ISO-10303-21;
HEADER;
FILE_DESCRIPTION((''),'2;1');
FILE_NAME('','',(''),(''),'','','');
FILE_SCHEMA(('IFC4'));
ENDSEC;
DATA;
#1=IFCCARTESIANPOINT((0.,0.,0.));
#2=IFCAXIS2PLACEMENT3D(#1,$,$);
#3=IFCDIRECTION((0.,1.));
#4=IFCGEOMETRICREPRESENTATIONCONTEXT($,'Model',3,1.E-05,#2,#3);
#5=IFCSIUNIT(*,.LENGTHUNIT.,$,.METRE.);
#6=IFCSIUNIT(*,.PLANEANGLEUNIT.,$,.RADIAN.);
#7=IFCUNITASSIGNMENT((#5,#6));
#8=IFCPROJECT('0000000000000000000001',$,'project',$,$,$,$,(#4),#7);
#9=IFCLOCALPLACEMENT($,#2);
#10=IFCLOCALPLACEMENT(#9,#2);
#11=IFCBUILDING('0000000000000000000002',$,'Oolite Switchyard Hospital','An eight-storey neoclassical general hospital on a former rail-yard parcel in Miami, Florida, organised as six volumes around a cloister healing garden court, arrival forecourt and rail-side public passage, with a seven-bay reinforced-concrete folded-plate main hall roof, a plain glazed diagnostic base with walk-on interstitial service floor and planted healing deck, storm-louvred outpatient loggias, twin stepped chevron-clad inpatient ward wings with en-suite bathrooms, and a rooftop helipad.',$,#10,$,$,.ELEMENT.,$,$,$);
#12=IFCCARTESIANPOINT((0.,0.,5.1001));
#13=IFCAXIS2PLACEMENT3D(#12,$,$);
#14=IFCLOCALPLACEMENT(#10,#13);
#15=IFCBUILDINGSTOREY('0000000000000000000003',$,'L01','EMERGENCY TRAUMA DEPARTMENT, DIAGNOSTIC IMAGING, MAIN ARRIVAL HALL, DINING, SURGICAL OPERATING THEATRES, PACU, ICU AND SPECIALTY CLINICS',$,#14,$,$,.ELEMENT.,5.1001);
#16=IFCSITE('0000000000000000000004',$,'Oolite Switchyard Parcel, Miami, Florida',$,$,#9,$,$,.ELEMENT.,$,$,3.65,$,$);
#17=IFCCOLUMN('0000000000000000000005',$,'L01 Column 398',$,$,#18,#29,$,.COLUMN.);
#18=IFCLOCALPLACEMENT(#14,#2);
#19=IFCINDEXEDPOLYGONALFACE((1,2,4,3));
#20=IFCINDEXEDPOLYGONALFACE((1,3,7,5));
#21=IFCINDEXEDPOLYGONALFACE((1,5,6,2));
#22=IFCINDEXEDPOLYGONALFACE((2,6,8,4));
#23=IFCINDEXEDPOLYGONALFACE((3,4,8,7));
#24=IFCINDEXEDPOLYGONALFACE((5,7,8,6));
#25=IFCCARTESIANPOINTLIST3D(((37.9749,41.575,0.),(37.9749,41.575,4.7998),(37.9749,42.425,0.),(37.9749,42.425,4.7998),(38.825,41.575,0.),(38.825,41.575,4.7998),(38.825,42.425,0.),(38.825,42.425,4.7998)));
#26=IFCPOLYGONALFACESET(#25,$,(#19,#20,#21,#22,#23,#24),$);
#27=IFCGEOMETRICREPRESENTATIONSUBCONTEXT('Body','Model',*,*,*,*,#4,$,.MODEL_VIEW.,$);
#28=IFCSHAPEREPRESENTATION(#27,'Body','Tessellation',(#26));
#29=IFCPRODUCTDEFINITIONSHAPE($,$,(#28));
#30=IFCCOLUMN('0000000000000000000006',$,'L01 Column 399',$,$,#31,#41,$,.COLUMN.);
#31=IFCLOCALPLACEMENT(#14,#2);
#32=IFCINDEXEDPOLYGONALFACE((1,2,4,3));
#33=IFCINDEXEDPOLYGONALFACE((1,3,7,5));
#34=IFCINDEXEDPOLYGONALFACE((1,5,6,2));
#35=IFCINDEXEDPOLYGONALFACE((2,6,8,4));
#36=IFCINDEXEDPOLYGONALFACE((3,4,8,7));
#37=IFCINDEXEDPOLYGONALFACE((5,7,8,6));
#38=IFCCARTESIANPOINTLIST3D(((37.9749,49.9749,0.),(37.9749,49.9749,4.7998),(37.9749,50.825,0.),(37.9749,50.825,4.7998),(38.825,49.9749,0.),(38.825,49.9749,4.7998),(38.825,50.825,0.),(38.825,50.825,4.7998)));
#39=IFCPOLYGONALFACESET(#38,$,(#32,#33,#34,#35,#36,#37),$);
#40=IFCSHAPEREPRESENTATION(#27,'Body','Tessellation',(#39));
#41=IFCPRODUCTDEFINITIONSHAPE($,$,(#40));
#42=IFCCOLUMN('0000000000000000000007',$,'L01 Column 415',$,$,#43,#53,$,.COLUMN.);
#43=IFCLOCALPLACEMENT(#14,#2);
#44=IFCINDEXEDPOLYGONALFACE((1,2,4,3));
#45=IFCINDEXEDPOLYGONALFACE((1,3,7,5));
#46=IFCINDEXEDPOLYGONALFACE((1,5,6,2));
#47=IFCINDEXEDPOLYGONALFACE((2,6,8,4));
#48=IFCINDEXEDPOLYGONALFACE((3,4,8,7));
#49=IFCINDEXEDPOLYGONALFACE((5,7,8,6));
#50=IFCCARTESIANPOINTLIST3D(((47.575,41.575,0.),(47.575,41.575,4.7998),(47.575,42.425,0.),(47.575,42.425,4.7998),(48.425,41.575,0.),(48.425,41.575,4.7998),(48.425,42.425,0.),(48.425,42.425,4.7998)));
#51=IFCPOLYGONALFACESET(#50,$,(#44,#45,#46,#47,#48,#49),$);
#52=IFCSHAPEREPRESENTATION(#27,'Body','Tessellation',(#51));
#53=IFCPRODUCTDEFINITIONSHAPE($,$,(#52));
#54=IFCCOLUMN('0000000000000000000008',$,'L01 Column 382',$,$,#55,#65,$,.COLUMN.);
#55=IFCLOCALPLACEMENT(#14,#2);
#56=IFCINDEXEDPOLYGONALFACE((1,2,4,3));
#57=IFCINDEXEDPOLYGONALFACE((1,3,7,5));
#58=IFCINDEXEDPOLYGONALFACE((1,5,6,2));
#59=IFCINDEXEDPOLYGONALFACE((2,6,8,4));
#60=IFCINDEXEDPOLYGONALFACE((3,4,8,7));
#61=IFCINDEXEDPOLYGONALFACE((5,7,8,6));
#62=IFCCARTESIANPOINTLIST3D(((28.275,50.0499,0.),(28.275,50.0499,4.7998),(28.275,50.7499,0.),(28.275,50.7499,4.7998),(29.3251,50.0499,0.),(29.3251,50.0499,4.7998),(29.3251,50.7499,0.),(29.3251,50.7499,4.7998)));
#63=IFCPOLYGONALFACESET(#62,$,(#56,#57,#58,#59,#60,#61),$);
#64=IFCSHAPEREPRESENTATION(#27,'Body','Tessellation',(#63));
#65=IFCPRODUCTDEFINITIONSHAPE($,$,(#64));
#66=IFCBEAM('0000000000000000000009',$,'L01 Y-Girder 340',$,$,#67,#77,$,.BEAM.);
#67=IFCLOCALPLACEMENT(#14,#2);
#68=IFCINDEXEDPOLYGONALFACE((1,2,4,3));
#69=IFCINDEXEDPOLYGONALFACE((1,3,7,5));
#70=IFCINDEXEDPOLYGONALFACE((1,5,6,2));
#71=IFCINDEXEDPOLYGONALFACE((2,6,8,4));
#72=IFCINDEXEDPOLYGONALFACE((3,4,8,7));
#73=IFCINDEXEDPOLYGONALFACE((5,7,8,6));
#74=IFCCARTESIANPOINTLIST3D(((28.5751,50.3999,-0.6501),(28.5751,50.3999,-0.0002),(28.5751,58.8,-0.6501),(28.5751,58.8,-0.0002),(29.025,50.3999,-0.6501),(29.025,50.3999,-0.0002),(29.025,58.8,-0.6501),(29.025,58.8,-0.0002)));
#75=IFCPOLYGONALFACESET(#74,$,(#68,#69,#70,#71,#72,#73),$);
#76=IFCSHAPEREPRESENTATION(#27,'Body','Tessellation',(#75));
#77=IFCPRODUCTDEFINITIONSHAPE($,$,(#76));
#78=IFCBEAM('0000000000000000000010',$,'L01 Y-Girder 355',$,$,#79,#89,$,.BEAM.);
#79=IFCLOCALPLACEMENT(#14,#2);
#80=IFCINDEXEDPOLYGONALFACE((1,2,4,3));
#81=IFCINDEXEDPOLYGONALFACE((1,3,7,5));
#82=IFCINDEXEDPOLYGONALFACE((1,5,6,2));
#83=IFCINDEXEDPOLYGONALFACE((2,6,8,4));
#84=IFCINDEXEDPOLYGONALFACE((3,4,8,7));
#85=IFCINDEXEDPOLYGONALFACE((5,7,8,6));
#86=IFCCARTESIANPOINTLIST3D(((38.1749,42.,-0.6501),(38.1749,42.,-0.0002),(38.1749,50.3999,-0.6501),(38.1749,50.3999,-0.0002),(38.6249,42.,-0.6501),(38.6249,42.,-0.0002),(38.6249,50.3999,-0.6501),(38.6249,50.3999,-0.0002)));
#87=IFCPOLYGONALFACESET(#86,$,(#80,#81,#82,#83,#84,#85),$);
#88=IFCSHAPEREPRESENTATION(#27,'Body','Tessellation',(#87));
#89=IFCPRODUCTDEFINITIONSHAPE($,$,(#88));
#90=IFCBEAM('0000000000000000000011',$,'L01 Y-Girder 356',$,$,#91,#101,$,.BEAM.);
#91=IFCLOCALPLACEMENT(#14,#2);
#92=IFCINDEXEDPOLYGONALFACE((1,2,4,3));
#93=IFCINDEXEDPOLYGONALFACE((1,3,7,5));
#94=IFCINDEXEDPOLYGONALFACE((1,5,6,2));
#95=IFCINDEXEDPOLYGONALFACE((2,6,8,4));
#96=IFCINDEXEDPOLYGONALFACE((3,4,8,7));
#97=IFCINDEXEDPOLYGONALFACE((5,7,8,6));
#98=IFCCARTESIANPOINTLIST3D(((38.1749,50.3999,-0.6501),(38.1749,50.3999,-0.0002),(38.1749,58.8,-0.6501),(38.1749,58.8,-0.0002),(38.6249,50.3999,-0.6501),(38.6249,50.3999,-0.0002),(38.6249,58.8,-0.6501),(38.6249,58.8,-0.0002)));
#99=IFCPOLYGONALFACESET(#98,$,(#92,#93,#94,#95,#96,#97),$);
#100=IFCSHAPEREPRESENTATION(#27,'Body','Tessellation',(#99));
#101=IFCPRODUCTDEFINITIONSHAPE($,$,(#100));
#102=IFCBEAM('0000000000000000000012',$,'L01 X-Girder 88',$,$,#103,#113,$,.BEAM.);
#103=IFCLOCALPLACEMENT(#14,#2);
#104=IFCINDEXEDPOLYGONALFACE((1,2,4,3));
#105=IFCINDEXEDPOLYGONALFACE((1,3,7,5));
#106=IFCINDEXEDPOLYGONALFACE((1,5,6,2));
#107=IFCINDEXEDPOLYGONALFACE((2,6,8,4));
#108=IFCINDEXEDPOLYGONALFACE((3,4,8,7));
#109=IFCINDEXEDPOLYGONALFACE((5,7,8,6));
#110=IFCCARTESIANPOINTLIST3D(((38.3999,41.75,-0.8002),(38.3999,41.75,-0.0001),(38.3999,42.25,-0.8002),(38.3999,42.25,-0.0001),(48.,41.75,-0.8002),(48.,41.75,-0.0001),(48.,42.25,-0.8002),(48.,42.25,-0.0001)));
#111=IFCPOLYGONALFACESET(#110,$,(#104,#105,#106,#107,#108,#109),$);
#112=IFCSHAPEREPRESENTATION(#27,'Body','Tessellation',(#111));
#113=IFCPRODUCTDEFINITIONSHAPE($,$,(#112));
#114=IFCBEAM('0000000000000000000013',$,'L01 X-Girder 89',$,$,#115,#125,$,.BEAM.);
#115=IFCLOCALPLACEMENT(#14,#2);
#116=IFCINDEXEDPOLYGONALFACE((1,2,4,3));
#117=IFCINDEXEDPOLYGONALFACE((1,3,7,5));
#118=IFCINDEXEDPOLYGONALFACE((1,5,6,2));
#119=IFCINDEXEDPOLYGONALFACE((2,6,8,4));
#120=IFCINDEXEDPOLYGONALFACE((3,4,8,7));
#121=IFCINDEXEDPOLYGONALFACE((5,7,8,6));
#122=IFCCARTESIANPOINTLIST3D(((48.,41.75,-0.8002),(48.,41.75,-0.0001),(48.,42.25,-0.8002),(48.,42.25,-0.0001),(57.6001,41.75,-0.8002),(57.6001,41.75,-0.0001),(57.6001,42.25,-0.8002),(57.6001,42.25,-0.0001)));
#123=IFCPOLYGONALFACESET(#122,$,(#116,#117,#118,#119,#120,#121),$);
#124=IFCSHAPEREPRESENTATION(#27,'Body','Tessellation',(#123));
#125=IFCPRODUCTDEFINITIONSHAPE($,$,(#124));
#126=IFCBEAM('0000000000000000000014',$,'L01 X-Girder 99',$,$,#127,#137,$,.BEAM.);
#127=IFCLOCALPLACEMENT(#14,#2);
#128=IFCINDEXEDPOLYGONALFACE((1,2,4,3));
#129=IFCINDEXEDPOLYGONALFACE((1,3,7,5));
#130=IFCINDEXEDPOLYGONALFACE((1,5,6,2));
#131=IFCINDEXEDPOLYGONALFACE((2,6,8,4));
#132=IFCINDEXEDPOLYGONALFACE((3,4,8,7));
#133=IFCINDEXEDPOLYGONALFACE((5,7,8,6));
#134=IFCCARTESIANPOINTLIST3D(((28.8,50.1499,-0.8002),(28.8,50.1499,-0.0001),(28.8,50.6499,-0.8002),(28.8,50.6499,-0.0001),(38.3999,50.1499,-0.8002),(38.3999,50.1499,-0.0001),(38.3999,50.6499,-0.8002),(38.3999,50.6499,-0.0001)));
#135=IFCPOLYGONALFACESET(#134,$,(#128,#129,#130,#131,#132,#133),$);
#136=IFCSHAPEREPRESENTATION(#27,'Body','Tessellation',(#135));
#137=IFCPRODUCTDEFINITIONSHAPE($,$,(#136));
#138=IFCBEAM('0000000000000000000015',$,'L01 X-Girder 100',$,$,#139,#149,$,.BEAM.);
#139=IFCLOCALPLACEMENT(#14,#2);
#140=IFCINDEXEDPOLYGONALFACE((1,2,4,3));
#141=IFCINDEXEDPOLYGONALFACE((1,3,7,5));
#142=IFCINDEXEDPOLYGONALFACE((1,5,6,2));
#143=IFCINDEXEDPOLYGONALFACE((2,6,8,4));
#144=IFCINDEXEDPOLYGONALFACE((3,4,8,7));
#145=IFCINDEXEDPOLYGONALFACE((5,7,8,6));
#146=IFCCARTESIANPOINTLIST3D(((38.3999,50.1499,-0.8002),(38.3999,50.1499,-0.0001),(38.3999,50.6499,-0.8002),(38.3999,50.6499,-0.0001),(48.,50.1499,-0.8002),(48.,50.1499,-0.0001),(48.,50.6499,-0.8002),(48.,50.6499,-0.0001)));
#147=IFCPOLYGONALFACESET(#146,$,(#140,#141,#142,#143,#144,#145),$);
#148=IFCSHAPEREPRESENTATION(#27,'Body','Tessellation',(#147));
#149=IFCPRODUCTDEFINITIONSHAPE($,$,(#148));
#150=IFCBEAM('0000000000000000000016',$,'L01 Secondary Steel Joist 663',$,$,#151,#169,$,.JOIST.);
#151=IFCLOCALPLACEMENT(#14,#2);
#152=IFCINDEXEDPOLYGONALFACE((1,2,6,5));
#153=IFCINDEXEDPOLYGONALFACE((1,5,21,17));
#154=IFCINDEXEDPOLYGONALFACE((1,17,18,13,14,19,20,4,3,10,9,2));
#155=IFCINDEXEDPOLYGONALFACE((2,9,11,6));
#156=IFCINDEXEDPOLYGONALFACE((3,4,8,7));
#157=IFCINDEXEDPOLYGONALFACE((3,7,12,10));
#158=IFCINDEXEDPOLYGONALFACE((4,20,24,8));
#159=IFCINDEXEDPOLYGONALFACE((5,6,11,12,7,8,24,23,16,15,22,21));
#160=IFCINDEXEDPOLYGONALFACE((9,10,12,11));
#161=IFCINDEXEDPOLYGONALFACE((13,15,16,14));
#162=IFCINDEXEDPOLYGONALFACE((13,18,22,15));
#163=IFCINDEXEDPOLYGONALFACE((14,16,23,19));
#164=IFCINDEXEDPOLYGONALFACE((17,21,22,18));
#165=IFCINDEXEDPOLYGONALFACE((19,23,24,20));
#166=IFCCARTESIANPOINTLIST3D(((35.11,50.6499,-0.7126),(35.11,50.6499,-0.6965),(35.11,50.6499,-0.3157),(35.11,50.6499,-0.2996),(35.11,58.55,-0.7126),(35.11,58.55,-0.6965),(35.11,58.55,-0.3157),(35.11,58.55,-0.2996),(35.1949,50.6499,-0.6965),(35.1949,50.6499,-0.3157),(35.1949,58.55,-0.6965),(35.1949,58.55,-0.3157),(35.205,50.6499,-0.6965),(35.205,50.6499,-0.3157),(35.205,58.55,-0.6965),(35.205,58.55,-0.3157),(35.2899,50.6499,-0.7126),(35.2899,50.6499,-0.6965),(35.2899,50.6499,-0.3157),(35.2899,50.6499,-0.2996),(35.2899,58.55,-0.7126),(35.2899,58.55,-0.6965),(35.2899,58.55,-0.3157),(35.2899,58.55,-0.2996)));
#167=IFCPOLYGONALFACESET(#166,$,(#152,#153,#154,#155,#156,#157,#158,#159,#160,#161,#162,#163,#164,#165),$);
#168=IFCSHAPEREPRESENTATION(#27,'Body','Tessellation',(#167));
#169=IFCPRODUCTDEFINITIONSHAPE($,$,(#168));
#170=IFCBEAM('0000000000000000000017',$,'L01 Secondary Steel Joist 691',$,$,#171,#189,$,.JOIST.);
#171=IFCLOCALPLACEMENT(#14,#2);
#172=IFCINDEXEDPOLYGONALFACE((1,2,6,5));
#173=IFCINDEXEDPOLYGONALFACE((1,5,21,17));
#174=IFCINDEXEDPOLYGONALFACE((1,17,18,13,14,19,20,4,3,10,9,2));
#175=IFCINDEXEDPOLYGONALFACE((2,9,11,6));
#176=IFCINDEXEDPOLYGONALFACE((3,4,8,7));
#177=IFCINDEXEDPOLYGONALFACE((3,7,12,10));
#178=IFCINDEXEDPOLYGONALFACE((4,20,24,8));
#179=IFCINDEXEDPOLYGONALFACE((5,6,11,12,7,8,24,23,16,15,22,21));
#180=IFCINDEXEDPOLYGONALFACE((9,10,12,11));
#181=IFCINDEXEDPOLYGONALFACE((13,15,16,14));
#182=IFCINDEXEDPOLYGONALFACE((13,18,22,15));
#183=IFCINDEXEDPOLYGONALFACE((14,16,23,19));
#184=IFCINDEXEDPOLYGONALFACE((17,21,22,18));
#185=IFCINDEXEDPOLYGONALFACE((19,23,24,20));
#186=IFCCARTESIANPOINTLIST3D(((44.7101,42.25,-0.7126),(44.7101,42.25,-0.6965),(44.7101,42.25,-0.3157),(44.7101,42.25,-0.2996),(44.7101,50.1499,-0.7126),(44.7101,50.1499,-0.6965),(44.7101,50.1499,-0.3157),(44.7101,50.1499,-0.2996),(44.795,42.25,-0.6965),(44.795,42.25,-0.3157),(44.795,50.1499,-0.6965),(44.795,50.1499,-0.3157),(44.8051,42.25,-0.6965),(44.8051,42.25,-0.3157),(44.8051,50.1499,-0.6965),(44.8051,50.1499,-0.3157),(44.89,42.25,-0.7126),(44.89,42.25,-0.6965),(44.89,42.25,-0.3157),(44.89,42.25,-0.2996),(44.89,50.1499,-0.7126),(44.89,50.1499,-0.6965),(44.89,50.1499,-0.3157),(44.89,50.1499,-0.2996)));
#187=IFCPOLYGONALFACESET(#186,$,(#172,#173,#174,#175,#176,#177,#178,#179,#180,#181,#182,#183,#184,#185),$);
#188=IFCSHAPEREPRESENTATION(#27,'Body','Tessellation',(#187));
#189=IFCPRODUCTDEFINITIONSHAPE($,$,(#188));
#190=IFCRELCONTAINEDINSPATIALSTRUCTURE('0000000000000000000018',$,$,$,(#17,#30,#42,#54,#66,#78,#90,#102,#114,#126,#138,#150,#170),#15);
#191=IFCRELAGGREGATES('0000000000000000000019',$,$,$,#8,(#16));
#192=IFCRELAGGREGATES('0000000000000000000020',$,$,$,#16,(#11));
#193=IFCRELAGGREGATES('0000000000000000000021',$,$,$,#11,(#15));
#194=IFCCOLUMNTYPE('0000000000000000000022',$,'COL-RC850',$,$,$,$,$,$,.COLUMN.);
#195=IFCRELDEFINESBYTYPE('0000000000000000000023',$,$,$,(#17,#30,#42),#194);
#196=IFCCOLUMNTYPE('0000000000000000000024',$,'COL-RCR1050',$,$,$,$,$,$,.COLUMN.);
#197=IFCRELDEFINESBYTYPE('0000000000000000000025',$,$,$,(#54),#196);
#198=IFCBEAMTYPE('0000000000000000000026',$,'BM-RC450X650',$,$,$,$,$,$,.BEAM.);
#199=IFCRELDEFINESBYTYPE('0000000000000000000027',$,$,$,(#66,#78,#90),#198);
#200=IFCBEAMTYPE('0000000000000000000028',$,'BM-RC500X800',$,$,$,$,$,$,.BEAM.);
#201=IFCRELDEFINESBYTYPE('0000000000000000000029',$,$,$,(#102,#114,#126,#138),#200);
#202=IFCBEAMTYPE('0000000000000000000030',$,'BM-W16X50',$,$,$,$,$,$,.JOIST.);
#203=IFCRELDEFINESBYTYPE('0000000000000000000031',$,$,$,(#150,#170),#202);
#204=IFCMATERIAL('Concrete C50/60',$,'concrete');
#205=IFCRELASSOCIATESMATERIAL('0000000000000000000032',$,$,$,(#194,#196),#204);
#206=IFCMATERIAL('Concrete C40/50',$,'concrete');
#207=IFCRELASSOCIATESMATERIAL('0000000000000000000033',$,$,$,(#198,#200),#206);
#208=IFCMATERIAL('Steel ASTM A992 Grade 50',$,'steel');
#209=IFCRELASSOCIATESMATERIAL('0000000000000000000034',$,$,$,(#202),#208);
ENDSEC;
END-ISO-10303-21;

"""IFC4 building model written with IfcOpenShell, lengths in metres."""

from ifc_helpers import new_model, si_unit, direction, frame, origin, origin_2d, place, context, subcontext, project, spatial, rectangle, i_section, extrude, material, material_profile, profile_set, type_object, element, save


model = new_model("IFC4")

# Units and contexts
model_context = context("Model", 3, precision=1e-05, world=origin(), true_north=direction((0.0, 1.0)))
body_context = subcontext(model_context, "Body", "Model", "MODEL_VIEW")
ifc_project = project(units=[si_unit("LENGTHUNIT", "METRE"), si_unit("PLANEANGLEUNIT", "RADIAN")], contexts=[model_context])

# Site, building, storey
site_placement = place(None, origin())
site = spatial("IfcSite", under=ifc_project, at=site_placement, Name="Oolite Switchyard Parcel, Miami, Florida", CompositionType="ELEMENT", RefElevation=3.65)
building_placement = place(site_placement, origin())
building = spatial("IfcBuilding", under=site, at=building_placement, Name="Oolite Switchyard Hospital", Description="An eight-storey neoclassical general hospital on a former rail-yard parcel in Miami, Florida, organised as six volumes around a cloister healing garden court, arrival forecourt and rail-side public passage, with a seven-bay reinforced-concrete folded-plate main hall roof, a plain glazed diagnostic base with walk-on interstitial service floor and planted healing deck, storm-louvred outpatient loggias, twin stepped chevron-clad inpatient ward wings with en-suite bathrooms, and a rooftop helipad.", CompositionType="ELEMENT")
storey_placement = place(building_placement, frame((0.0, 0.0, 5.1001)))
storey = spatial("IfcBuildingStorey", under=building, at=storey_placement, Name="L01", Description="EMERGENCY TRAUMA DEPARTMENT, DIAGNOSTIC IMAGING, MAIN ARRIVAL HALL, DINING, SURGICAL OPERATING THEATRES, PACU, ICU AND SPECIALTY CLINICS", CompositionType="ELEMENT", Elevation=5.1001)

# Columns
ifc_material_1 = material(Name="Concrete C50/60", Category="concrete")
ifc_material_profile_1 = material_profile(ifc_material_1, rectangle(XDim=0.8501, YDim=0.8501, at=origin_2d()), Name="RC850X850")
ifc_profile_set_1 = profile_set([ifc_material_profile_1], Name="Concrete C50/60")
column_type_1 = type_object("IfcColumnType", Name="COL-RC850", PredefinedType="COLUMN", material=ifc_profile_set_1)
for number, where, z_axis, x_axis, name in (
    (1, (38.3999, 42.0, 0.0), (0.0, 0.0, 1.0), (1.0, 0.0, 0.0), "L01 Column 398"),
    (2, (38.3999, 50.3999, 0.0), (0.0, 0.0, 1.0), (1.0, 0.0, 0.0), "L01 Column 399"),
    (3, (48.0, 42.0, 0.0), (0.0, 0.0, 1.0), (1.0, 0.0, 0.0), "L01 Column 415"),
):
    element("IfcColumn", number, at=place(storey_placement, frame(where, z_axis=z_axis, x_axis=x_axis)), inside=storey, type_object=column_type_1, Name=name, PredefinedType="COLUMN", context=body_context, shape_type="SweptSolid", body=[
        extrude(rectangle(XDim=0.8501, YDim=0.8501, at=origin_2d()), origin(), (0.0, 0.0, 1.0), 4.7998),
    ])
ifc_material_profile_2 = material_profile(ifc_material_1, rectangle(XDim=1.05, YDim=0.7, at=origin_2d()), Name="RC1050X700")
ifc_profile_set_2 = profile_set([ifc_material_profile_2], Name="Concrete C50/60")
column_type_2 = type_object("IfcColumnType", Name="COL-RCR1050", PredefinedType="COLUMN", material=ifc_profile_set_2)
column_placement = place(storey_placement, frame((28.8, 50.3999, 0.0), z_axis=(0.0, 0.0, 1.0), x_axis=(1.0, 0.0, 0.0)))
element("IfcColumn", 4, at=column_placement, inside=storey, type_object=column_type_2, Name="L01 Column 382", PredefinedType="COLUMN", context=body_context, shape_type="SweptSolid", body=[
    extrude(rectangle(XDim=1.05, YDim=0.7, at=origin_2d()), origin(), (0.0, 0.0, 1.0), 4.7998),
])

# Beams
ifc_material_2 = material(Name="Concrete C40/50", Category="concrete")
ifc_material_profile_3 = material_profile(ifc_material_2, rectangle(XDim=0.45, YDim=0.6499, at=origin_2d()), Name="RCB450X650")
ifc_profile_set_3 = profile_set([ifc_material_profile_3], Name="Concrete C40/50")
beam_type_1 = type_object("IfcBeamType", Name="BM-RC450X650", PredefinedType="BEAM", material=ifc_profile_set_3)
beam_1_placement = place(storey_placement, frame((28.8, 50.3999, -0.3252), z_axis=(0.0, 1.0, 0.0), x_axis=(-1.0, 0.0, 0.0)))
element("IfcBeam", 5, at=beam_1_placement, inside=storey, type_object=beam_type_1, Name="L01 Y-Girder 340", PredefinedType="BEAM", context=body_context, shape_type="SweptSolid", body=[
    extrude(rectangle(XDim=0.45, YDim=0.6499, at=origin_2d()), origin(), (0.0, 0.0, 1.0), 8.4001),
])
beam_2_placement = place(storey_placement, frame((38.3999, 42.0, -0.3252), z_axis=(0.0, 1.0, 0.0), x_axis=(-1.0, 0.0, 0.0)))
element("IfcBeam", 6, at=beam_2_placement, inside=storey, type_object=beam_type_1, Name="L01 Y-Girder 355", PredefinedType="BEAM", context=body_context, shape_type="SweptSolid", body=[
    extrude(rectangle(XDim=0.45, YDim=0.6499, at=origin_2d()), origin(), (0.0, 0.0, 1.0), 8.3999),
])
beam_3_placement = place(storey_placement, frame((38.3999, 50.3999, -0.3252), z_axis=(0.0, 1.0, 0.0), x_axis=(-1.0, 0.0, 0.0)))
element("IfcBeam", 7, at=beam_3_placement, inside=storey, type_object=beam_type_1, Name="L01 Y-Girder 356", PredefinedType="BEAM", context=body_context, shape_type="SweptSolid", body=[
    extrude(rectangle(XDim=0.45, YDim=0.6499, at=origin_2d()), origin(), (0.0, 0.0, 1.0), 8.4001),
])
ifc_material_profile_4 = material_profile(ifc_material_2, rectangle(XDim=0.5, YDim=0.8, at=origin_2d()), Name="RCB500X800")
ifc_profile_set_4 = profile_set([ifc_material_profile_4], Name="Concrete C40/50")
beam_type_2 = type_object("IfcBeamType", Name="BM-RC500X800", PredefinedType="BEAM", material=ifc_profile_set_4)
for number, where, z_axis, x_axis, name in (
    (8, (38.3999, 42.0, -0.4001), (1.0, 0.0, 0.0), (0.0, 1.0, 0.0), "L01 X-Girder 88"),
    (9, (48.0, 42.0, -0.4001), (1.0, 0.0, 0.0), (0.0, 1.0, 0.0), "L01 X-Girder 89"),
):
    element("IfcBeam", number, at=place(storey_placement, frame(where, z_axis=z_axis, x_axis=x_axis)), inside=storey, type_object=beam_type_2, Name=name, PredefinedType="BEAM", context=body_context, shape_type="SweptSolid", body=[
        extrude(rectangle(XDim=0.5, YDim=0.8, at=origin_2d()), origin(), (0.0, 0.0, 1.0), 9.6001),
    ])
beam_4_placement = place(storey_placement, frame((28.8, 50.3999, -0.4001), z_axis=(1.0, 0.0, 0.0), x_axis=(0.0, 1.0, 0.0)))
element("IfcBeam", 10, at=beam_4_placement, inside=storey, type_object=beam_type_2, Name="L01 X-Girder 99", PredefinedType="BEAM", context=body_context, shape_type="SweptSolid", body=[
    extrude(rectangle(XDim=0.5, YDim=0.8, at=origin_2d()), origin(), (0.0, 0.0, 1.0), 9.5999),
])
beam_5_placement = place(storey_placement, frame((38.3999, 50.3999, -0.4001), z_axis=(1.0, 0.0, 0.0), x_axis=(0.0, 1.0, 0.0)))
element("IfcBeam", 11, at=beam_5_placement, inside=storey, type_object=beam_type_2, Name="L01 X-Girder 100", PredefinedType="BEAM", context=body_context, shape_type="SweptSolid", body=[
    extrude(rectangle(XDim=0.5, YDim=0.8, at=origin_2d()), origin(), (0.0, 0.0, 1.0), 9.6001),
])
ifc_material_3 = material(Name="Steel ASTM A992 Grade 50", Category="steel")
ifc_material_profile_5 = material_profile(ifc_material_3, i_section(OverallWidth=0.1799, OverallDepth=0.4131, WebThickness=0.01, FlangeThickness=0.0161, at=origin_2d()), Name="W16X50")
ifc_profile_set_5 = profile_set([ifc_material_profile_5], Name="Steel ASTM A992 Grade 50")
beam_type_3 = type_object("IfcBeamType", Name="BM-W16X50", PredefinedType="JOIST", material=ifc_profile_set_5)
beam_6_placement = place(storey_placement, frame((35.2, 50.6499, -0.5061), z_axis=(0.0, 1.0, 0.0), x_axis=(-1.0, 0.0, 0.0)))
element("IfcBeam", 12, at=beam_6_placement, inside=storey, type_object=beam_type_3, Name="L01 Secondary Steel Joist 663", PredefinedType="JOIST", context=body_context, shape_type="SweptSolid", body=[
    extrude(i_section(OverallWidth=0.1799, OverallDepth=0.4131, WebThickness=0.01, FlangeThickness=0.0161, at=origin_2d()), origin(), (0.0, 0.0, 1.0), 7.9001),
])
beam_7_placement = place(storey_placement, frame((44.8, 42.25, -0.5061), z_axis=(0.0, 1.0, 0.0), x_axis=(-1.0, 0.0, 0.0)))
element("IfcBeam", 13, at=beam_7_placement, inside=storey, type_object=beam_type_3, Name="L01 Secondary Steel Joist 691", PredefinedType="JOIST", context=body_context, shape_type="SweptSolid", body=[
    extrude(i_section(OverallWidth=0.1799, OverallDepth=0.4131, WebThickness=0.01, FlangeThickness=0.0161, at=origin_2d()), origin(), (0.0, 0.0, 1.0), 7.8999),
])

save(model, "model.ifc")
